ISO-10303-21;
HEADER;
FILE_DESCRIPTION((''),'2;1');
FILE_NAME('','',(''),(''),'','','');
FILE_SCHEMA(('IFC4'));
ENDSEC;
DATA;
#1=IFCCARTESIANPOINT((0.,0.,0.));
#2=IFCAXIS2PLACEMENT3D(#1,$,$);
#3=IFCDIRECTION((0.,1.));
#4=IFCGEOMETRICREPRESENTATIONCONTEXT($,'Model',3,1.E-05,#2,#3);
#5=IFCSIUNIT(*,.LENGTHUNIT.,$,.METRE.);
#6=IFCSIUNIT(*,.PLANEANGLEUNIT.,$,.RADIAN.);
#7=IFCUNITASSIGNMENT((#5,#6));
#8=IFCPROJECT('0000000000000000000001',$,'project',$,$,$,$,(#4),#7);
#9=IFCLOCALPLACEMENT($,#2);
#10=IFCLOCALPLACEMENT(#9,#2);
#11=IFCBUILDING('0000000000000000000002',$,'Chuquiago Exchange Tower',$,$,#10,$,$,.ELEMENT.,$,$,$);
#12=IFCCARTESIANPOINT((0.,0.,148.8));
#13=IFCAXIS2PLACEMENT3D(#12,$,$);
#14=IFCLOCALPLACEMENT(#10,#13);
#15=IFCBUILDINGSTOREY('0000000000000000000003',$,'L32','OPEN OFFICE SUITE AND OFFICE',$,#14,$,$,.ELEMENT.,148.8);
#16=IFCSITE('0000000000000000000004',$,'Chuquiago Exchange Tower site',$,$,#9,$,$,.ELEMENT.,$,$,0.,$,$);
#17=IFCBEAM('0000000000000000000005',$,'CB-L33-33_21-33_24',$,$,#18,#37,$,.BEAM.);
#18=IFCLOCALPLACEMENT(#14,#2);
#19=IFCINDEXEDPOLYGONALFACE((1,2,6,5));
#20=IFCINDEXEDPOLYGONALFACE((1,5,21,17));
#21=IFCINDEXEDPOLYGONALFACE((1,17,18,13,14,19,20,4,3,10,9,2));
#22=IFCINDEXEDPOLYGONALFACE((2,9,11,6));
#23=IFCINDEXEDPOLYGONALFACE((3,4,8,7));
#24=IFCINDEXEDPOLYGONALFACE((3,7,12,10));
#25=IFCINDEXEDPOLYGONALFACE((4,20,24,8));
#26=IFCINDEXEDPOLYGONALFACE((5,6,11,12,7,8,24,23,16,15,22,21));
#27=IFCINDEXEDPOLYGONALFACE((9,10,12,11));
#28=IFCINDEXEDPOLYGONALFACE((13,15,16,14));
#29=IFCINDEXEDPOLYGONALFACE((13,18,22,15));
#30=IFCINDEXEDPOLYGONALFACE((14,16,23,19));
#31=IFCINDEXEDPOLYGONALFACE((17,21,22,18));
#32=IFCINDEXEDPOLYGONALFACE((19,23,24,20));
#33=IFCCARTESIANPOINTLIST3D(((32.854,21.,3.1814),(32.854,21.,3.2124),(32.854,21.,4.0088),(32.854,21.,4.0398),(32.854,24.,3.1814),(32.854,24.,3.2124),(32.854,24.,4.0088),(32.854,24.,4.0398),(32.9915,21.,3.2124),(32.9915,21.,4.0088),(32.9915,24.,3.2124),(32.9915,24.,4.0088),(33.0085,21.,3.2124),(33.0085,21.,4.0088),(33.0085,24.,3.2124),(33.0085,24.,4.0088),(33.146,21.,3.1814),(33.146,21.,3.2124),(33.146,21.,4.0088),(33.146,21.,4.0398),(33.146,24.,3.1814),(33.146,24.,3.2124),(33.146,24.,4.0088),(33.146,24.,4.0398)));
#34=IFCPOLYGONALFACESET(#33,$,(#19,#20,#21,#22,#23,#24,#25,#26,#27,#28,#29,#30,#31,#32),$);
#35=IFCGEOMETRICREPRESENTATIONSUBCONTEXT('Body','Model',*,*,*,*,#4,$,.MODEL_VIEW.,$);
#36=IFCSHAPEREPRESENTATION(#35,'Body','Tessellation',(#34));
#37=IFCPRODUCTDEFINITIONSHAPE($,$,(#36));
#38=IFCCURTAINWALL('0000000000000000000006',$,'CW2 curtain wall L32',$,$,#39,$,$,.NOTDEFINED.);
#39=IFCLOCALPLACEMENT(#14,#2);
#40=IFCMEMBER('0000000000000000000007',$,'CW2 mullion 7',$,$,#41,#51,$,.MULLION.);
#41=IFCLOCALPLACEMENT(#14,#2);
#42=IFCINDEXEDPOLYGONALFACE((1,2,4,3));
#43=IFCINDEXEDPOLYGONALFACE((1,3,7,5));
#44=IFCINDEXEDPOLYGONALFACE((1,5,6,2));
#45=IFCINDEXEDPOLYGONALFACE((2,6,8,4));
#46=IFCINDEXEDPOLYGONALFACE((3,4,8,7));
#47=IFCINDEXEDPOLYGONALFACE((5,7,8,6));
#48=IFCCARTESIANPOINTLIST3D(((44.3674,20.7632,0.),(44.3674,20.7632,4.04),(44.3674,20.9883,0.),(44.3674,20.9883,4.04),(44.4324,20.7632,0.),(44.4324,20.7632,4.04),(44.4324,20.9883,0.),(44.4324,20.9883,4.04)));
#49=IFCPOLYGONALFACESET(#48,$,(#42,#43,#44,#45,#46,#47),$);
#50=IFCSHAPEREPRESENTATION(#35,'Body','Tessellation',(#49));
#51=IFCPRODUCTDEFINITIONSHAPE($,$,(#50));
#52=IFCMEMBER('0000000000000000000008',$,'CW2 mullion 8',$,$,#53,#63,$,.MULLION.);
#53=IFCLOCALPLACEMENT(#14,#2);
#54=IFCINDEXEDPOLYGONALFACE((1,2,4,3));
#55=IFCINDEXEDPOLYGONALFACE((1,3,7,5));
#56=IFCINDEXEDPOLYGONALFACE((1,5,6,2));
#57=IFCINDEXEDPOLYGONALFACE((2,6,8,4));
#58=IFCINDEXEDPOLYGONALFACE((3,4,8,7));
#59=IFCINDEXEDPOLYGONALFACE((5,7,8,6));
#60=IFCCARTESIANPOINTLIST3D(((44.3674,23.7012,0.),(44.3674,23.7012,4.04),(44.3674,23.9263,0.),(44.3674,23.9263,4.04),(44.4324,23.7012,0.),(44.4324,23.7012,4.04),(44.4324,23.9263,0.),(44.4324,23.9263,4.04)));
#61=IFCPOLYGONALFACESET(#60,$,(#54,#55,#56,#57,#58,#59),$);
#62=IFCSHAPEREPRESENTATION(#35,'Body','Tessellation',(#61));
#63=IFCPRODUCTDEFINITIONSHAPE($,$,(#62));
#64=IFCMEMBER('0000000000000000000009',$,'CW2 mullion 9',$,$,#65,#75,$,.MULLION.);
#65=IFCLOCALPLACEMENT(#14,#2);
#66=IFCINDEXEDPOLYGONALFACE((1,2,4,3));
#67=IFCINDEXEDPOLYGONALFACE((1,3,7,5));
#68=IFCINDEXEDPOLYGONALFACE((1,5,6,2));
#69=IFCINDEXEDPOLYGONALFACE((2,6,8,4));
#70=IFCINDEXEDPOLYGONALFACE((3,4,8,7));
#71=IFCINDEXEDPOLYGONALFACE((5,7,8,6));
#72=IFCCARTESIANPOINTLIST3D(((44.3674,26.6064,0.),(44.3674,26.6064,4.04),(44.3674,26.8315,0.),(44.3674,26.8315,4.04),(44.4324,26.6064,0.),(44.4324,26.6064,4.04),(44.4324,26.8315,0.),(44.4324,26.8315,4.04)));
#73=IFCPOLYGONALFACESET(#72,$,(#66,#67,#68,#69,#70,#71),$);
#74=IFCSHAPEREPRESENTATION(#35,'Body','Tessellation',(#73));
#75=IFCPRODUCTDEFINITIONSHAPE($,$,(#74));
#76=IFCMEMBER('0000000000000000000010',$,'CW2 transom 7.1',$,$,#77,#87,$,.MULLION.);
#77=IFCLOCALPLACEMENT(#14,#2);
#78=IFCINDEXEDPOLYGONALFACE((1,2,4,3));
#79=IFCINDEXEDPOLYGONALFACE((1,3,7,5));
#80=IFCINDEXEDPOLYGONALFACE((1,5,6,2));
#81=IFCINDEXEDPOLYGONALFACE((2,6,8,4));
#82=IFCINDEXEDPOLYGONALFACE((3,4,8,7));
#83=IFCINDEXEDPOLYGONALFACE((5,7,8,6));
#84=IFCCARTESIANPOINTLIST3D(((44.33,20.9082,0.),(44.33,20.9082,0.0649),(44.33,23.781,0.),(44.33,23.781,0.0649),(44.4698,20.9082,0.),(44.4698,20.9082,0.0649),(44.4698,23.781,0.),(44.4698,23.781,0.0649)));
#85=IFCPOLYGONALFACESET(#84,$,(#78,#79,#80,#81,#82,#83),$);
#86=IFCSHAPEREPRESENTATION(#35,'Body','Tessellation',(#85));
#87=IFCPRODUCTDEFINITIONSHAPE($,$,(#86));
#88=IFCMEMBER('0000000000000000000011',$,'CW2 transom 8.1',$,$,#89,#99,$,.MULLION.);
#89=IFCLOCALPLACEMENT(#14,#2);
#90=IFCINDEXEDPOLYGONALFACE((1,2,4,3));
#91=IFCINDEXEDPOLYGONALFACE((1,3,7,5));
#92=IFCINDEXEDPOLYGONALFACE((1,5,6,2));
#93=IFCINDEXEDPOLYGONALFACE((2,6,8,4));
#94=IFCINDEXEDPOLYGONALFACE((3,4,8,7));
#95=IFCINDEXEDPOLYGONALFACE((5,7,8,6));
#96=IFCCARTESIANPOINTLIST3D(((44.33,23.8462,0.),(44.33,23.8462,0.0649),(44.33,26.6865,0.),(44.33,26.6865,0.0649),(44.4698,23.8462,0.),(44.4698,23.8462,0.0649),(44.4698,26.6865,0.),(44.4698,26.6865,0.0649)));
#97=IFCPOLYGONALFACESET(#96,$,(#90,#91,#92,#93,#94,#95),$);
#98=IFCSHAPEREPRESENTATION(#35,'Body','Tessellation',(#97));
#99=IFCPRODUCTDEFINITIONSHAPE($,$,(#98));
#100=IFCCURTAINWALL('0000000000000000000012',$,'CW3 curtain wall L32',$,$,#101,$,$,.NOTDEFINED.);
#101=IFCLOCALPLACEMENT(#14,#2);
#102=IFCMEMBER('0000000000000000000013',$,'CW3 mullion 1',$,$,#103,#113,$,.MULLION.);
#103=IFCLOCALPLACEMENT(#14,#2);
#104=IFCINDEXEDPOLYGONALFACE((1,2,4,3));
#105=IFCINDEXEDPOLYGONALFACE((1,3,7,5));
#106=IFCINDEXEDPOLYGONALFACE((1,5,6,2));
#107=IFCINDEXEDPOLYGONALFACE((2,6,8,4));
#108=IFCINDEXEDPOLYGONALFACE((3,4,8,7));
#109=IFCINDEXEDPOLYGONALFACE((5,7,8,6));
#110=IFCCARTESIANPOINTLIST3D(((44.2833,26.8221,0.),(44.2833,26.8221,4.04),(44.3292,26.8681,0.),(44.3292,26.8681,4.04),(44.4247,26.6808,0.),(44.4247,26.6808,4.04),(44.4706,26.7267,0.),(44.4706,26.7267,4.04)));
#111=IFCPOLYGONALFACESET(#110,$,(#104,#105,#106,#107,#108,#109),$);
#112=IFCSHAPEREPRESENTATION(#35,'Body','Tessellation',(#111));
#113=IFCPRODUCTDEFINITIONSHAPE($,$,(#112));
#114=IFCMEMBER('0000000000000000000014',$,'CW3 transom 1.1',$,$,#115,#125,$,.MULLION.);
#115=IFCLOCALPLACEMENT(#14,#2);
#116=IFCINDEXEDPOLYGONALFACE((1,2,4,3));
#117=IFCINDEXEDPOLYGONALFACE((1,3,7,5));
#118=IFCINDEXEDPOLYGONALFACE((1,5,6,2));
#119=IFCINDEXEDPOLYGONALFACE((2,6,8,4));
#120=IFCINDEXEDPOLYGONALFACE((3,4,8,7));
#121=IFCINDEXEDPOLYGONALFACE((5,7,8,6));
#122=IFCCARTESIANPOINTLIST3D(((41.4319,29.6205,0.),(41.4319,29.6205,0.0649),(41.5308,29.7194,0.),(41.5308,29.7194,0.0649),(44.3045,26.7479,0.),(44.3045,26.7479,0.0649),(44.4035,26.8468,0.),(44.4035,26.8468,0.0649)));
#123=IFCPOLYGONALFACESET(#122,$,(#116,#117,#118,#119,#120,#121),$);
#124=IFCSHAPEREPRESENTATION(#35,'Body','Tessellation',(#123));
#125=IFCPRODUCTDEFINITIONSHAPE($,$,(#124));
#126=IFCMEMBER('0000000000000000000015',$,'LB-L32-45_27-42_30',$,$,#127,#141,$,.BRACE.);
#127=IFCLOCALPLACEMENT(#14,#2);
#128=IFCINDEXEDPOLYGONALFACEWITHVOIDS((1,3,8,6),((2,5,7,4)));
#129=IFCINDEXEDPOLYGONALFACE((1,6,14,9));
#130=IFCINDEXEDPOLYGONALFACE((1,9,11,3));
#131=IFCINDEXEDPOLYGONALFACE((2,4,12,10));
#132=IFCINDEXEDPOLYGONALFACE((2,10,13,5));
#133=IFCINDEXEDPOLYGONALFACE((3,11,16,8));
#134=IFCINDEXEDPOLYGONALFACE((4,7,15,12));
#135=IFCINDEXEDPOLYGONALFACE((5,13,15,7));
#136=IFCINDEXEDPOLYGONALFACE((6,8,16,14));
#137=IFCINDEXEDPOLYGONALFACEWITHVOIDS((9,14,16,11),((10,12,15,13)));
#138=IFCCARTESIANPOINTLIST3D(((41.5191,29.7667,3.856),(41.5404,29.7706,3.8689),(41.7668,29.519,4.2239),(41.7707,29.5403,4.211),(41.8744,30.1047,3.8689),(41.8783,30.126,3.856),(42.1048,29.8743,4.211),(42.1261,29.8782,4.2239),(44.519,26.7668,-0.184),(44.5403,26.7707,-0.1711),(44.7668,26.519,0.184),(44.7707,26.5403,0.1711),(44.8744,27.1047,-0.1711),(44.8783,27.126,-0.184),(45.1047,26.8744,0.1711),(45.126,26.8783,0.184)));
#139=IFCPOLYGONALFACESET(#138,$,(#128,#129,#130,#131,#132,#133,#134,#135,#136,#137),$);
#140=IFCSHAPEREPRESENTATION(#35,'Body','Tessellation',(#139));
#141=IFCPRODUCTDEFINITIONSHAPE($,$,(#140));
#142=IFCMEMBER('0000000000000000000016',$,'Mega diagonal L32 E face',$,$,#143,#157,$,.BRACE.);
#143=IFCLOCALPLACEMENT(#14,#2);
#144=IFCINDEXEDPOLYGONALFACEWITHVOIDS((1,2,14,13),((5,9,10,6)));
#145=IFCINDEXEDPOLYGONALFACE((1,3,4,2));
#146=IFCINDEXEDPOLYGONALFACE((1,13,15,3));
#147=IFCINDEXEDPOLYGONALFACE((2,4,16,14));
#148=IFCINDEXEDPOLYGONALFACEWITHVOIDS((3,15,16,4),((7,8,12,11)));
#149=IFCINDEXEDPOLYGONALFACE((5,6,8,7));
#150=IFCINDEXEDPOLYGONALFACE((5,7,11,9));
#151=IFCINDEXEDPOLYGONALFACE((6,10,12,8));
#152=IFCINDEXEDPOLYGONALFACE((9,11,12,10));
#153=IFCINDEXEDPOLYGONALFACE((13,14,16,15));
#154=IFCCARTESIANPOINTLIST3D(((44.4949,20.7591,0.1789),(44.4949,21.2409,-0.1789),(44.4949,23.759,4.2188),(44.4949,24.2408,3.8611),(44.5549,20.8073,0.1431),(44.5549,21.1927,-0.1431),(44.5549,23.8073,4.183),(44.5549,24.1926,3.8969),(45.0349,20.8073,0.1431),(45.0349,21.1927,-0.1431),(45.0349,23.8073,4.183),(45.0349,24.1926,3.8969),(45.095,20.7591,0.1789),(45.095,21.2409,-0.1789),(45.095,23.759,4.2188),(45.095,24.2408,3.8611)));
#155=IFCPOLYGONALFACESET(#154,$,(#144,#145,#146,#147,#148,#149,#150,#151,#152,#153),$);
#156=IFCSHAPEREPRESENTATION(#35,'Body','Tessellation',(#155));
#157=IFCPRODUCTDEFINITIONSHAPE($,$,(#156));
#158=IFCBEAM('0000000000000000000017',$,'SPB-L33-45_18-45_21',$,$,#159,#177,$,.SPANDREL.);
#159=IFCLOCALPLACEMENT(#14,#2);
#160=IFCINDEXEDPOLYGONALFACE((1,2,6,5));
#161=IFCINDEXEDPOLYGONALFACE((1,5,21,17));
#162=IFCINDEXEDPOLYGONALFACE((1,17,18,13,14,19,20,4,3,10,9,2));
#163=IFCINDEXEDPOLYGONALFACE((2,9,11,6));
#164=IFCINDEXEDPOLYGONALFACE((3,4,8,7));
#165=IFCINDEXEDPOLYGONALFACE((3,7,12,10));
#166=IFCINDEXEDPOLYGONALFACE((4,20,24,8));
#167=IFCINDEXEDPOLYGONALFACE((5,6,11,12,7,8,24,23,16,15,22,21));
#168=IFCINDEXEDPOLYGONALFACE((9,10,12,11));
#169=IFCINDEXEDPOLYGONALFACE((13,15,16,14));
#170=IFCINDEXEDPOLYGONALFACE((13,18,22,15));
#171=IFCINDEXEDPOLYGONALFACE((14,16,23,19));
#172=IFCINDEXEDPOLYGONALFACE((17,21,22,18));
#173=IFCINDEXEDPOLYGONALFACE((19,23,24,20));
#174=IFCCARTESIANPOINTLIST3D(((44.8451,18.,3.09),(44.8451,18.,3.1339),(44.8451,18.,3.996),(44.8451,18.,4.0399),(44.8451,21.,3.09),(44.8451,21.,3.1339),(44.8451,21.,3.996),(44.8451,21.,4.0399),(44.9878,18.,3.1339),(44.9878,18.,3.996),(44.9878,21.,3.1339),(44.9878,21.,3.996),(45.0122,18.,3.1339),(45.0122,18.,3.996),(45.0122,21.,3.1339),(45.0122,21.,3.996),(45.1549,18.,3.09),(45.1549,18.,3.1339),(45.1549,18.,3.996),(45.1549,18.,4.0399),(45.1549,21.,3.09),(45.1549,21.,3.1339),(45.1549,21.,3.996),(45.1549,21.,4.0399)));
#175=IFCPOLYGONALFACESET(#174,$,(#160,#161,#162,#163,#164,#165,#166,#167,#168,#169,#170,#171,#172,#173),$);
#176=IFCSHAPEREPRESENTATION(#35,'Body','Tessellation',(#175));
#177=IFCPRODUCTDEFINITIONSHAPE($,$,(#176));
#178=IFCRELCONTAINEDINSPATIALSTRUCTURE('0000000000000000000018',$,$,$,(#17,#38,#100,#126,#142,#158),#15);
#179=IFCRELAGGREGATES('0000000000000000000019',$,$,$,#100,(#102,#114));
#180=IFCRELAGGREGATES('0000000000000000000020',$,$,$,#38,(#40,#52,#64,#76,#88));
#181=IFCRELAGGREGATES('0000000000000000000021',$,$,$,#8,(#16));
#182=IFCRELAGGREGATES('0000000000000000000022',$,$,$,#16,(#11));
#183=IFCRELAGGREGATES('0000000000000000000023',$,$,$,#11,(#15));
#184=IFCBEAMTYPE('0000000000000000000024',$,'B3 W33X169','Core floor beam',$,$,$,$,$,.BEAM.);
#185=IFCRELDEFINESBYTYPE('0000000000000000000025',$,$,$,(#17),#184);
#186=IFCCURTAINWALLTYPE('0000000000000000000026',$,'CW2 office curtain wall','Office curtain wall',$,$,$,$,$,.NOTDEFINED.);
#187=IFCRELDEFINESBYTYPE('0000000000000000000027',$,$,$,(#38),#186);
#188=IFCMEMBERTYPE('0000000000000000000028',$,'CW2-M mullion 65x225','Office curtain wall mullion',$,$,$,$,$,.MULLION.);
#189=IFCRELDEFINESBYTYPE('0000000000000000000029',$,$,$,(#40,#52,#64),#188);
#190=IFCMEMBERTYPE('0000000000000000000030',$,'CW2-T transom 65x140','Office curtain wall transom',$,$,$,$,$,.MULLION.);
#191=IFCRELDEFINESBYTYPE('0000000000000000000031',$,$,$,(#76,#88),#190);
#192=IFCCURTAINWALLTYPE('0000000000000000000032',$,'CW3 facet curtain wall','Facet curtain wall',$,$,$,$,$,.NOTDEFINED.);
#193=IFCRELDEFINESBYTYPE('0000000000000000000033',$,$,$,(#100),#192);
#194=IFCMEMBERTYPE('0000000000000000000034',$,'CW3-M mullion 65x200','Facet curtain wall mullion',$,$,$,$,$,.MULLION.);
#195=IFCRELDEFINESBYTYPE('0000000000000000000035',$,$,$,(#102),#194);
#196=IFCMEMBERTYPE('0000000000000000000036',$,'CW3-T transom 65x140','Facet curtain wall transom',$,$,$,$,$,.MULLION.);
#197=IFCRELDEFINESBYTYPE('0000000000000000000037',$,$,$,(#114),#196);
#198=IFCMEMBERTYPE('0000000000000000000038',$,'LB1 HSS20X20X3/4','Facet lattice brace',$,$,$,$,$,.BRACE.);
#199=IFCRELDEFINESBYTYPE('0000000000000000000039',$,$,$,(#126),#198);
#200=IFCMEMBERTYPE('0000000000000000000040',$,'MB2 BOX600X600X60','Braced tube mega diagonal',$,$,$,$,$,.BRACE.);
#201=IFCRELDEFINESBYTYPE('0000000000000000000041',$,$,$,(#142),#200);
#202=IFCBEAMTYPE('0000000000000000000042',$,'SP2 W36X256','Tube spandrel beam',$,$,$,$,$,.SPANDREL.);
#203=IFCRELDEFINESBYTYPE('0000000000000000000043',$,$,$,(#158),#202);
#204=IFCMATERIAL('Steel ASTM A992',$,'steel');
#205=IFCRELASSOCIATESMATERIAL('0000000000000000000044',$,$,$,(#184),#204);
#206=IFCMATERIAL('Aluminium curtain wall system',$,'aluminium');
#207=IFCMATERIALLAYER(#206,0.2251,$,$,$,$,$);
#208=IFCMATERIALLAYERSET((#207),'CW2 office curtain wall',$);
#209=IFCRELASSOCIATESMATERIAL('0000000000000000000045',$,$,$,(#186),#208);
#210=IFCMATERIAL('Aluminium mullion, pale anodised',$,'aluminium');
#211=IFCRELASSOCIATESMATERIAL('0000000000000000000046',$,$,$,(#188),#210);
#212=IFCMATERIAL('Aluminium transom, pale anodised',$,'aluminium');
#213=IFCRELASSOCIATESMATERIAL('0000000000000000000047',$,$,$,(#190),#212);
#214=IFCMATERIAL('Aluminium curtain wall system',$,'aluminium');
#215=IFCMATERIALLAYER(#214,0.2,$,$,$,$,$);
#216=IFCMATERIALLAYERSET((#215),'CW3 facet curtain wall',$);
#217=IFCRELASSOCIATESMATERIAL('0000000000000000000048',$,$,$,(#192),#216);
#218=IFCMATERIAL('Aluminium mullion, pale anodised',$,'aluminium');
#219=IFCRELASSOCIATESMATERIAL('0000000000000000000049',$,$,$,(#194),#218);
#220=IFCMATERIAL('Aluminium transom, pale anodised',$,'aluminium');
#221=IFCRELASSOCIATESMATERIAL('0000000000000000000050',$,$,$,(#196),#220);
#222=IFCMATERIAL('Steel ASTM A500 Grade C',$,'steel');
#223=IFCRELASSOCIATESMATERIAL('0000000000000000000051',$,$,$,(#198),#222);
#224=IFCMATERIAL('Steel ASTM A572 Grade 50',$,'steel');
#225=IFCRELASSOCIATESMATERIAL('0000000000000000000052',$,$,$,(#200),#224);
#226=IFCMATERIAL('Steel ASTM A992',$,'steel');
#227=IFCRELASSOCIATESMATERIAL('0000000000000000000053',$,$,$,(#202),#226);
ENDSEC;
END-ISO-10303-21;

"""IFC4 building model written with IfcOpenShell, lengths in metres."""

from ifc_helpers import new_model, si_unit, direction, frame, origin, origin_2d, place, context, subcontext, project, spatial, rectangle, hollow_rectangle, i_section, extrude, material, layer, layer_set, material_profile, profile_set, type_object, element, aggregate, save


model = new_model("IFC4")

# Units and contexts
model_context = context("Model", 3, precision=1e-05, world=origin(), true_north=direction((0.0, 1.0)))
body_context = subcontext(model_context, "Body", "Model", "MODEL_VIEW")
ifc_project = project(units=[si_unit("LENGTHUNIT", "METRE"), si_unit("PLANEANGLEUNIT", "RADIAN")], contexts=[model_context])

# Site, building, storey
site_placement = place(None, origin())
site = spatial("IfcSite", under=ifc_project, at=site_placement, Name="Chuquiago Exchange Tower site", CompositionType="ELEMENT", RefElevation=0.0)
building_placement = place(site_placement, origin())
building = spatial("IfcBuilding", under=site, at=building_placement, Name="Chuquiago Exchange Tower", CompositionType="ELEMENT")
storey_placement = place(building_placement, frame((0.0, 0.0, 148.8)))
storey = spatial("IfcBuildingStorey", under=building, at=storey_placement, Name="L32", Description="OPEN OFFICE SUITE AND OFFICE", CompositionType="ELEMENT", Elevation=148.8)

# Beam
ifc_material_1 = material(Name="Steel ASTM A992", Category="steel")
ifc_material_profile_1 = material_profile(ifc_material_1, i_section(OverallWidth=0.292, OverallDepth=0.8584, WebThickness=0.0171, FlangeThickness=0.031, at=origin_2d()), Name="W33X169")
ifc_profile_set_1 = profile_set([ifc_material_profile_1], Name="Steel ASTM A992")
beam_type_1 = type_object("IfcBeamType", Name="B3 W33X169", Description="Core floor beam", PredefinedType="BEAM", material=ifc_profile_set_1)
beam_1_placement = place(storey_placement, frame((33.0, 21.0, 3.6106), z_axis=(0.0, 1.0, 0.0), x_axis=(-1.0, 0.0, 0.0)))
element("IfcBeam", 1, at=beam_1_placement, inside=storey, type_object=beam_type_1, Name="CB-L33-33_21-33_24", PredefinedType="BEAM", context=body_context, shape_type="SweptSolid", body=[
    extrude(i_section(OverallWidth=0.292, OverallDepth=0.8584, WebThickness=0.0171, FlangeThickness=0.031, at=origin_2d()), origin(), (0.0, 0.0, 1.0), 3.0),
])

# Curtain walls, members
ifc_material_2 = material(Name="Aluminium curtain wall system", Category="aluminium")
ifc_layer_1 = layer(ifc_material_2, 0.2251)
ifc_layer_set_1 = layer_set([ifc_layer_1], Name="CW2 office curtain wall")
curtain_wall_type_1 = type_object("IfcCurtainWallType", Name="CW2 office curtain wall", Description="Office curtain wall", PredefinedType="NOTDEFINED", material=ifc_layer_set_1)
curtain_wall_1_placement = place(storey_placement, origin())
curtain_wall_1 = element("IfcCurtainWall", 2, at=curtain_wall_1_placement, inside=storey, type_object=curtain_wall_type_1, Name="CW2 curtain wall L32", PredefinedType="NOTDEFINED")
ifc_material_3 = material(Name="Aluminium mullion, pale anodised", Category="aluminium")
ifc_material_profile_2 = material_profile(ifc_material_3, rectangle(XDim=0.0649, YDim=0.2251, at=origin_2d()), Name="AL 65x225")
ifc_profile_set_2 = profile_set([ifc_material_profile_2], Name="Aluminium mullion, pale anodised")
member_type_1 = type_object("IfcMemberType", Name="CW2-M mullion 65x225", Description="Office curtain wall mullion", PredefinedType="MULLION", material=ifc_profile_set_2)
member_1_placement = place(storey_placement, frame((44.3999, 20.8757, 0.0), z_axis=(0.0, 0.0, 1.0), x_axis=(-1.0, 0.0, 0.0)))
member_1 = element("IfcMember", 3, at=member_1_placement, type_object=member_type_1, Name="CW2 mullion 7", PredefinedType="MULLION", context=body_context, shape_type="SweptSolid", body=[
    extrude(rectangle(XDim=0.0649, YDim=0.2251, at=origin_2d()), origin(), (0.0, 0.0, 1.0), 4.04),
])
member_2_placement = place(storey_placement, frame((44.3999, 23.8137, 0.0), z_axis=(0.0, 0.0, 1.0), x_axis=(-1.0, 0.0, 0.0)))
member_2 = element("IfcMember", 4, at=member_2_placement, type_object=member_type_1, Name="CW2 mullion 8", PredefinedType="MULLION", context=body_context, shape_type="SweptSolid", body=[
    extrude(rectangle(XDim=0.0649, YDim=0.2251, at=origin_2d()), origin(), (0.0, 0.0, 1.0), 4.04),
])
member_3_placement = place(storey_placement, frame((44.3999, 26.719, 0.0), z_axis=(0.0, 0.0, 1.0), x_axis=(-1.0, 0.0, 0.0)))
member_3 = element("IfcMember", 5, at=member_3_placement, type_object=member_type_1, Name="CW2 mullion 9", PredefinedType="MULLION", context=body_context, shape_type="SweptSolid", body=[
    extrude(rectangle(XDim=0.0649, YDim=0.2251, at=origin_2d()), origin(), (0.0, 0.0, 1.0), 4.04),
])
ifc_material_4 = material(Name="Aluminium transom, pale anodised", Category="aluminium")
ifc_material_profile_3 = material_profile(ifc_material_4, rectangle(XDim=0.1399, YDim=0.0649, at=origin_2d()), Name="AL 140x65")
ifc_profile_set_3 = profile_set([ifc_material_profile_3], Name="Aluminium transom, pale anodised")
member_type_2 = type_object("IfcMemberType", Name="CW2-T transom 65x140", Description="Office curtain wall transom", PredefinedType="MULLION", material=ifc_profile_set_3)
member_4_placement = place(storey_placement, frame((44.3999, 20.9082, 0.0325), z_axis=(0.0, 1.0, 0.0), x_axis=(-1.0, 0.0, 0.0)))
member_4 = element("IfcMember", 6, at=member_4_placement, type_object=member_type_2, Name="CW2 transom 7.1", PredefinedType="MULLION", context=body_context, shape_type="SweptSolid", body=[
    extrude(rectangle(XDim=0.1399, YDim=0.0649, at=origin_2d()), origin(), (0.0, 0.0, 1.0), 2.8728),
])
member_5_placement = place(storey_placement, frame((44.3999, 23.8462, 0.0325), z_axis=(0.0, 1.0, 0.0), x_axis=(-1.0, 0.0, 0.0)))
member_5 = element("IfcMember", 7, at=member_5_placement, type_object=member_type_2, Name="CW2 transom 8.1", PredefinedType="MULLION", context=body_context, shape_type="SweptSolid", body=[
    extrude(rectangle(XDim=0.1399, YDim=0.0649, at=origin_2d()), origin(), (0.0, 0.0, 1.0), 2.8403),
])
ifc_material_5 = material(Name="Aluminium curtain wall system", Category="aluminium")
ifc_layer_2 = layer(ifc_material_5, 0.2)
ifc_layer_set_2 = layer_set([ifc_layer_2], Name="CW3 facet curtain wall")
curtain_wall_type_2 = type_object("IfcCurtainWallType", Name="CW3 facet curtain wall", Description="Facet curtain wall", PredefinedType="NOTDEFINED", material=ifc_layer_set_2)
curtain_wall_2_placement = place(storey_placement, origin())
curtain_wall_2 = element("IfcCurtainWall", 8, at=curtain_wall_2_placement, inside=storey, type_object=curtain_wall_type_2, Name="CW3 curtain wall L32", PredefinedType="NOTDEFINED")
ifc_material_6 = material(Name="Aluminium mullion, pale anodised", Category="aluminium")
ifc_material_profile_4 = material_profile(ifc_material_6, rectangle(XDim=0.0649, YDim=0.2, at=origin_2d()), Name="AL 65x200")
ifc_profile_set_4 = profile_set([ifc_material_profile_4], Name="Aluminium mullion, pale anodised")
member_type_3 = type_object("IfcMemberType", Name="CW3-M mullion 65x200", Description="Facet curtain wall mullion", PredefinedType="MULLION", material=ifc_profile_set_4)
member_6_placement = place(storey_placement, frame((44.377, 26.7744, 0.0), z_axis=(0.0, 0.0, 1.0), x_axis=(-0.707107, -0.707107, 0.0)))
member_6 = element("IfcMember", 9, at=member_6_placement, type_object=member_type_3, Name="CW3 mullion 1", PredefinedType="MULLION", context=body_context, shape_type="SweptSolid", body=[
    extrude(rectangle(XDim=0.0649, YDim=0.2, at=origin_2d()), origin(), (0.0, 0.0, 1.0), 4.04),
])
ifc_material_7 = material(Name="Aluminium transom, pale anodised", Category="aluminium")
ifc_material_profile_5 = material_profile(ifc_material_7, rectangle(XDim=0.1399, YDim=0.0649, at=origin_2d()), Name="AL 140x65")
ifc_profile_set_5 = profile_set([ifc_material_profile_5], Name="Aluminium transom, pale anodised")
member_type_4 = type_object("IfcMemberType", Name="CW3-T transom 65x140", Description="Facet curtain wall transom", PredefinedType="MULLION", material=ifc_profile_set_5)
member_7_placement = place(storey_placement, frame((44.354, 26.7974, 0.0325), z_axis=(-0.707107, 0.707107, 0.0), x_axis=(-0.707107, -0.707107, 0.0)))
member_7 = element("IfcMember", 10, at=member_7_placement, type_object=member_type_4, Name="CW3 transom 1.1", PredefinedType="MULLION", context=body_context, shape_type="SweptSolid", body=[
    extrude(rectangle(XDim=0.1399, YDim=0.0649, at=origin_2d()), origin(), (0.0, 0.0, 1.0), 4.0625),
])
aggregate(curtain_wall_2, [member_6, member_7])

# Members
ifc_material_8 = material(Name="Steel ASTM A500 Grade C", Category="steel")
ifc_material_profile_6 = material_profile(ifc_material_8, hollow_rectangle(XDim=0.5081, YDim=0.5081, WallThickness=0.0178, at=origin_2d()), Name="HSS20X20X3/4")
ifc_profile_set_6 = profile_set([ifc_material_profile_6], Name="Steel ASTM A500 Grade C")
member_type_5 = type_object("IfcMemberType", Name="LB1 HSS20X20X3/4", Description="Facet lattice brace", PredefinedType="BRACE", material=ifc_profile_set_6)
member_8_placement = place(storey_placement, frame((44.8225, 26.8225, 0.0), z_axis=(-0.512077, 0.512077, 0.689604), x_axis=(-0.707107, -0.707107, 0.0)))
element("IfcMember", 11, at=member_8_placement, inside=storey, type_object=member_type_5, Name="LB-L32-45_27-42_30", PredefinedType="BRACE", context=body_context, shape_type="SweptSolid", body=[
    extrude(hollow_rectangle(XDim=0.5081, YDim=0.5081, WallThickness=0.0178, at=origin_2d()), origin(), (0.0, 0.0, 1.0), 5.8584),
])
ifc_material_9 = material(Name="Steel ASTM A572 Grade 50", Category="steel")
ifc_material_profile_7 = material_profile(ifc_material_9, hollow_rectangle(XDim=0.6001, YDim=0.6001, WallThickness=0.0601, at=origin_2d()), Name="BOX600X600X60")
ifc_profile_set_7 = profile_set([ifc_material_profile_7], Name="Steel ASTM A572 Grade 50")
member_type_6 = type_object("IfcMemberType", Name="MB2 BOX600X600X60", Description="Braced tube mega diagonal", PredefinedType="BRACE", material=ifc_profile_set_7)
member_9_placement = place(storey_placement, frame((44.7949, 21.0, 0.0), z_axis=(0.0, 0.596174, 0.802855), x_axis=(-1.0, 0.0, 0.0)))
element("IfcMember", 12, at=member_9_placement, inside=storey, type_object=member_type_6, Name="Mega diagonal L32 E face", PredefinedType="BRACE", context=body_context, shape_type="SweptSolid", body=[
    extrude(hollow_rectangle(XDim=0.6001, YDim=0.6001, WallThickness=0.0601, at=origin_2d()), origin(), (0.0, 0.0, 1.0), 5.032),
])

# Beam
ifc_material_10 = material(Name="Steel ASTM A992", Category="steel")
ifc_material_profile_8 = material_profile(ifc_material_10, i_section(OverallWidth=0.3098, OverallDepth=0.95, WebThickness=0.0244, FlangeThickness=0.0439, at=origin_2d()), Name="W36X256")
ifc_profile_set_8 = profile_set([ifc_material_profile_8], Name="Steel ASTM A992")
beam_type_2 = type_object("IfcBeamType", Name="SP2 W36X256", Description="Tube spandrel beam", PredefinedType="SPANDREL", material=ifc_profile_set_8)
for number, where, z_axis, x_axis, name in (
    (13, (45.0, 18.0, 3.5649), (0.0, 1.0, 0.0), (-1.0, 0.0, 0.0), "SPB-L33-45_18-45_21"),
):
    element("IfcBeam", number, at=place(storey_placement, frame(where, z_axis=z_axis, x_axis=x_axis)), inside=storey, type_object=beam_type_2, Name=name, PredefinedType="SPANDREL", context=body_context, shape_type="SweptSolid", body=[
        extrude(i_section(OverallWidth=0.3098, OverallDepth=0.95, WebThickness=0.0244, FlangeThickness=0.0439, at=origin_2d()), origin(), (0.0, 0.0, 1.0), 3.0),
    ])

aggregate(curtain_wall_1, [member_1, member_2, member_3, member_4, member_5])

save(model, "model.ifc")
